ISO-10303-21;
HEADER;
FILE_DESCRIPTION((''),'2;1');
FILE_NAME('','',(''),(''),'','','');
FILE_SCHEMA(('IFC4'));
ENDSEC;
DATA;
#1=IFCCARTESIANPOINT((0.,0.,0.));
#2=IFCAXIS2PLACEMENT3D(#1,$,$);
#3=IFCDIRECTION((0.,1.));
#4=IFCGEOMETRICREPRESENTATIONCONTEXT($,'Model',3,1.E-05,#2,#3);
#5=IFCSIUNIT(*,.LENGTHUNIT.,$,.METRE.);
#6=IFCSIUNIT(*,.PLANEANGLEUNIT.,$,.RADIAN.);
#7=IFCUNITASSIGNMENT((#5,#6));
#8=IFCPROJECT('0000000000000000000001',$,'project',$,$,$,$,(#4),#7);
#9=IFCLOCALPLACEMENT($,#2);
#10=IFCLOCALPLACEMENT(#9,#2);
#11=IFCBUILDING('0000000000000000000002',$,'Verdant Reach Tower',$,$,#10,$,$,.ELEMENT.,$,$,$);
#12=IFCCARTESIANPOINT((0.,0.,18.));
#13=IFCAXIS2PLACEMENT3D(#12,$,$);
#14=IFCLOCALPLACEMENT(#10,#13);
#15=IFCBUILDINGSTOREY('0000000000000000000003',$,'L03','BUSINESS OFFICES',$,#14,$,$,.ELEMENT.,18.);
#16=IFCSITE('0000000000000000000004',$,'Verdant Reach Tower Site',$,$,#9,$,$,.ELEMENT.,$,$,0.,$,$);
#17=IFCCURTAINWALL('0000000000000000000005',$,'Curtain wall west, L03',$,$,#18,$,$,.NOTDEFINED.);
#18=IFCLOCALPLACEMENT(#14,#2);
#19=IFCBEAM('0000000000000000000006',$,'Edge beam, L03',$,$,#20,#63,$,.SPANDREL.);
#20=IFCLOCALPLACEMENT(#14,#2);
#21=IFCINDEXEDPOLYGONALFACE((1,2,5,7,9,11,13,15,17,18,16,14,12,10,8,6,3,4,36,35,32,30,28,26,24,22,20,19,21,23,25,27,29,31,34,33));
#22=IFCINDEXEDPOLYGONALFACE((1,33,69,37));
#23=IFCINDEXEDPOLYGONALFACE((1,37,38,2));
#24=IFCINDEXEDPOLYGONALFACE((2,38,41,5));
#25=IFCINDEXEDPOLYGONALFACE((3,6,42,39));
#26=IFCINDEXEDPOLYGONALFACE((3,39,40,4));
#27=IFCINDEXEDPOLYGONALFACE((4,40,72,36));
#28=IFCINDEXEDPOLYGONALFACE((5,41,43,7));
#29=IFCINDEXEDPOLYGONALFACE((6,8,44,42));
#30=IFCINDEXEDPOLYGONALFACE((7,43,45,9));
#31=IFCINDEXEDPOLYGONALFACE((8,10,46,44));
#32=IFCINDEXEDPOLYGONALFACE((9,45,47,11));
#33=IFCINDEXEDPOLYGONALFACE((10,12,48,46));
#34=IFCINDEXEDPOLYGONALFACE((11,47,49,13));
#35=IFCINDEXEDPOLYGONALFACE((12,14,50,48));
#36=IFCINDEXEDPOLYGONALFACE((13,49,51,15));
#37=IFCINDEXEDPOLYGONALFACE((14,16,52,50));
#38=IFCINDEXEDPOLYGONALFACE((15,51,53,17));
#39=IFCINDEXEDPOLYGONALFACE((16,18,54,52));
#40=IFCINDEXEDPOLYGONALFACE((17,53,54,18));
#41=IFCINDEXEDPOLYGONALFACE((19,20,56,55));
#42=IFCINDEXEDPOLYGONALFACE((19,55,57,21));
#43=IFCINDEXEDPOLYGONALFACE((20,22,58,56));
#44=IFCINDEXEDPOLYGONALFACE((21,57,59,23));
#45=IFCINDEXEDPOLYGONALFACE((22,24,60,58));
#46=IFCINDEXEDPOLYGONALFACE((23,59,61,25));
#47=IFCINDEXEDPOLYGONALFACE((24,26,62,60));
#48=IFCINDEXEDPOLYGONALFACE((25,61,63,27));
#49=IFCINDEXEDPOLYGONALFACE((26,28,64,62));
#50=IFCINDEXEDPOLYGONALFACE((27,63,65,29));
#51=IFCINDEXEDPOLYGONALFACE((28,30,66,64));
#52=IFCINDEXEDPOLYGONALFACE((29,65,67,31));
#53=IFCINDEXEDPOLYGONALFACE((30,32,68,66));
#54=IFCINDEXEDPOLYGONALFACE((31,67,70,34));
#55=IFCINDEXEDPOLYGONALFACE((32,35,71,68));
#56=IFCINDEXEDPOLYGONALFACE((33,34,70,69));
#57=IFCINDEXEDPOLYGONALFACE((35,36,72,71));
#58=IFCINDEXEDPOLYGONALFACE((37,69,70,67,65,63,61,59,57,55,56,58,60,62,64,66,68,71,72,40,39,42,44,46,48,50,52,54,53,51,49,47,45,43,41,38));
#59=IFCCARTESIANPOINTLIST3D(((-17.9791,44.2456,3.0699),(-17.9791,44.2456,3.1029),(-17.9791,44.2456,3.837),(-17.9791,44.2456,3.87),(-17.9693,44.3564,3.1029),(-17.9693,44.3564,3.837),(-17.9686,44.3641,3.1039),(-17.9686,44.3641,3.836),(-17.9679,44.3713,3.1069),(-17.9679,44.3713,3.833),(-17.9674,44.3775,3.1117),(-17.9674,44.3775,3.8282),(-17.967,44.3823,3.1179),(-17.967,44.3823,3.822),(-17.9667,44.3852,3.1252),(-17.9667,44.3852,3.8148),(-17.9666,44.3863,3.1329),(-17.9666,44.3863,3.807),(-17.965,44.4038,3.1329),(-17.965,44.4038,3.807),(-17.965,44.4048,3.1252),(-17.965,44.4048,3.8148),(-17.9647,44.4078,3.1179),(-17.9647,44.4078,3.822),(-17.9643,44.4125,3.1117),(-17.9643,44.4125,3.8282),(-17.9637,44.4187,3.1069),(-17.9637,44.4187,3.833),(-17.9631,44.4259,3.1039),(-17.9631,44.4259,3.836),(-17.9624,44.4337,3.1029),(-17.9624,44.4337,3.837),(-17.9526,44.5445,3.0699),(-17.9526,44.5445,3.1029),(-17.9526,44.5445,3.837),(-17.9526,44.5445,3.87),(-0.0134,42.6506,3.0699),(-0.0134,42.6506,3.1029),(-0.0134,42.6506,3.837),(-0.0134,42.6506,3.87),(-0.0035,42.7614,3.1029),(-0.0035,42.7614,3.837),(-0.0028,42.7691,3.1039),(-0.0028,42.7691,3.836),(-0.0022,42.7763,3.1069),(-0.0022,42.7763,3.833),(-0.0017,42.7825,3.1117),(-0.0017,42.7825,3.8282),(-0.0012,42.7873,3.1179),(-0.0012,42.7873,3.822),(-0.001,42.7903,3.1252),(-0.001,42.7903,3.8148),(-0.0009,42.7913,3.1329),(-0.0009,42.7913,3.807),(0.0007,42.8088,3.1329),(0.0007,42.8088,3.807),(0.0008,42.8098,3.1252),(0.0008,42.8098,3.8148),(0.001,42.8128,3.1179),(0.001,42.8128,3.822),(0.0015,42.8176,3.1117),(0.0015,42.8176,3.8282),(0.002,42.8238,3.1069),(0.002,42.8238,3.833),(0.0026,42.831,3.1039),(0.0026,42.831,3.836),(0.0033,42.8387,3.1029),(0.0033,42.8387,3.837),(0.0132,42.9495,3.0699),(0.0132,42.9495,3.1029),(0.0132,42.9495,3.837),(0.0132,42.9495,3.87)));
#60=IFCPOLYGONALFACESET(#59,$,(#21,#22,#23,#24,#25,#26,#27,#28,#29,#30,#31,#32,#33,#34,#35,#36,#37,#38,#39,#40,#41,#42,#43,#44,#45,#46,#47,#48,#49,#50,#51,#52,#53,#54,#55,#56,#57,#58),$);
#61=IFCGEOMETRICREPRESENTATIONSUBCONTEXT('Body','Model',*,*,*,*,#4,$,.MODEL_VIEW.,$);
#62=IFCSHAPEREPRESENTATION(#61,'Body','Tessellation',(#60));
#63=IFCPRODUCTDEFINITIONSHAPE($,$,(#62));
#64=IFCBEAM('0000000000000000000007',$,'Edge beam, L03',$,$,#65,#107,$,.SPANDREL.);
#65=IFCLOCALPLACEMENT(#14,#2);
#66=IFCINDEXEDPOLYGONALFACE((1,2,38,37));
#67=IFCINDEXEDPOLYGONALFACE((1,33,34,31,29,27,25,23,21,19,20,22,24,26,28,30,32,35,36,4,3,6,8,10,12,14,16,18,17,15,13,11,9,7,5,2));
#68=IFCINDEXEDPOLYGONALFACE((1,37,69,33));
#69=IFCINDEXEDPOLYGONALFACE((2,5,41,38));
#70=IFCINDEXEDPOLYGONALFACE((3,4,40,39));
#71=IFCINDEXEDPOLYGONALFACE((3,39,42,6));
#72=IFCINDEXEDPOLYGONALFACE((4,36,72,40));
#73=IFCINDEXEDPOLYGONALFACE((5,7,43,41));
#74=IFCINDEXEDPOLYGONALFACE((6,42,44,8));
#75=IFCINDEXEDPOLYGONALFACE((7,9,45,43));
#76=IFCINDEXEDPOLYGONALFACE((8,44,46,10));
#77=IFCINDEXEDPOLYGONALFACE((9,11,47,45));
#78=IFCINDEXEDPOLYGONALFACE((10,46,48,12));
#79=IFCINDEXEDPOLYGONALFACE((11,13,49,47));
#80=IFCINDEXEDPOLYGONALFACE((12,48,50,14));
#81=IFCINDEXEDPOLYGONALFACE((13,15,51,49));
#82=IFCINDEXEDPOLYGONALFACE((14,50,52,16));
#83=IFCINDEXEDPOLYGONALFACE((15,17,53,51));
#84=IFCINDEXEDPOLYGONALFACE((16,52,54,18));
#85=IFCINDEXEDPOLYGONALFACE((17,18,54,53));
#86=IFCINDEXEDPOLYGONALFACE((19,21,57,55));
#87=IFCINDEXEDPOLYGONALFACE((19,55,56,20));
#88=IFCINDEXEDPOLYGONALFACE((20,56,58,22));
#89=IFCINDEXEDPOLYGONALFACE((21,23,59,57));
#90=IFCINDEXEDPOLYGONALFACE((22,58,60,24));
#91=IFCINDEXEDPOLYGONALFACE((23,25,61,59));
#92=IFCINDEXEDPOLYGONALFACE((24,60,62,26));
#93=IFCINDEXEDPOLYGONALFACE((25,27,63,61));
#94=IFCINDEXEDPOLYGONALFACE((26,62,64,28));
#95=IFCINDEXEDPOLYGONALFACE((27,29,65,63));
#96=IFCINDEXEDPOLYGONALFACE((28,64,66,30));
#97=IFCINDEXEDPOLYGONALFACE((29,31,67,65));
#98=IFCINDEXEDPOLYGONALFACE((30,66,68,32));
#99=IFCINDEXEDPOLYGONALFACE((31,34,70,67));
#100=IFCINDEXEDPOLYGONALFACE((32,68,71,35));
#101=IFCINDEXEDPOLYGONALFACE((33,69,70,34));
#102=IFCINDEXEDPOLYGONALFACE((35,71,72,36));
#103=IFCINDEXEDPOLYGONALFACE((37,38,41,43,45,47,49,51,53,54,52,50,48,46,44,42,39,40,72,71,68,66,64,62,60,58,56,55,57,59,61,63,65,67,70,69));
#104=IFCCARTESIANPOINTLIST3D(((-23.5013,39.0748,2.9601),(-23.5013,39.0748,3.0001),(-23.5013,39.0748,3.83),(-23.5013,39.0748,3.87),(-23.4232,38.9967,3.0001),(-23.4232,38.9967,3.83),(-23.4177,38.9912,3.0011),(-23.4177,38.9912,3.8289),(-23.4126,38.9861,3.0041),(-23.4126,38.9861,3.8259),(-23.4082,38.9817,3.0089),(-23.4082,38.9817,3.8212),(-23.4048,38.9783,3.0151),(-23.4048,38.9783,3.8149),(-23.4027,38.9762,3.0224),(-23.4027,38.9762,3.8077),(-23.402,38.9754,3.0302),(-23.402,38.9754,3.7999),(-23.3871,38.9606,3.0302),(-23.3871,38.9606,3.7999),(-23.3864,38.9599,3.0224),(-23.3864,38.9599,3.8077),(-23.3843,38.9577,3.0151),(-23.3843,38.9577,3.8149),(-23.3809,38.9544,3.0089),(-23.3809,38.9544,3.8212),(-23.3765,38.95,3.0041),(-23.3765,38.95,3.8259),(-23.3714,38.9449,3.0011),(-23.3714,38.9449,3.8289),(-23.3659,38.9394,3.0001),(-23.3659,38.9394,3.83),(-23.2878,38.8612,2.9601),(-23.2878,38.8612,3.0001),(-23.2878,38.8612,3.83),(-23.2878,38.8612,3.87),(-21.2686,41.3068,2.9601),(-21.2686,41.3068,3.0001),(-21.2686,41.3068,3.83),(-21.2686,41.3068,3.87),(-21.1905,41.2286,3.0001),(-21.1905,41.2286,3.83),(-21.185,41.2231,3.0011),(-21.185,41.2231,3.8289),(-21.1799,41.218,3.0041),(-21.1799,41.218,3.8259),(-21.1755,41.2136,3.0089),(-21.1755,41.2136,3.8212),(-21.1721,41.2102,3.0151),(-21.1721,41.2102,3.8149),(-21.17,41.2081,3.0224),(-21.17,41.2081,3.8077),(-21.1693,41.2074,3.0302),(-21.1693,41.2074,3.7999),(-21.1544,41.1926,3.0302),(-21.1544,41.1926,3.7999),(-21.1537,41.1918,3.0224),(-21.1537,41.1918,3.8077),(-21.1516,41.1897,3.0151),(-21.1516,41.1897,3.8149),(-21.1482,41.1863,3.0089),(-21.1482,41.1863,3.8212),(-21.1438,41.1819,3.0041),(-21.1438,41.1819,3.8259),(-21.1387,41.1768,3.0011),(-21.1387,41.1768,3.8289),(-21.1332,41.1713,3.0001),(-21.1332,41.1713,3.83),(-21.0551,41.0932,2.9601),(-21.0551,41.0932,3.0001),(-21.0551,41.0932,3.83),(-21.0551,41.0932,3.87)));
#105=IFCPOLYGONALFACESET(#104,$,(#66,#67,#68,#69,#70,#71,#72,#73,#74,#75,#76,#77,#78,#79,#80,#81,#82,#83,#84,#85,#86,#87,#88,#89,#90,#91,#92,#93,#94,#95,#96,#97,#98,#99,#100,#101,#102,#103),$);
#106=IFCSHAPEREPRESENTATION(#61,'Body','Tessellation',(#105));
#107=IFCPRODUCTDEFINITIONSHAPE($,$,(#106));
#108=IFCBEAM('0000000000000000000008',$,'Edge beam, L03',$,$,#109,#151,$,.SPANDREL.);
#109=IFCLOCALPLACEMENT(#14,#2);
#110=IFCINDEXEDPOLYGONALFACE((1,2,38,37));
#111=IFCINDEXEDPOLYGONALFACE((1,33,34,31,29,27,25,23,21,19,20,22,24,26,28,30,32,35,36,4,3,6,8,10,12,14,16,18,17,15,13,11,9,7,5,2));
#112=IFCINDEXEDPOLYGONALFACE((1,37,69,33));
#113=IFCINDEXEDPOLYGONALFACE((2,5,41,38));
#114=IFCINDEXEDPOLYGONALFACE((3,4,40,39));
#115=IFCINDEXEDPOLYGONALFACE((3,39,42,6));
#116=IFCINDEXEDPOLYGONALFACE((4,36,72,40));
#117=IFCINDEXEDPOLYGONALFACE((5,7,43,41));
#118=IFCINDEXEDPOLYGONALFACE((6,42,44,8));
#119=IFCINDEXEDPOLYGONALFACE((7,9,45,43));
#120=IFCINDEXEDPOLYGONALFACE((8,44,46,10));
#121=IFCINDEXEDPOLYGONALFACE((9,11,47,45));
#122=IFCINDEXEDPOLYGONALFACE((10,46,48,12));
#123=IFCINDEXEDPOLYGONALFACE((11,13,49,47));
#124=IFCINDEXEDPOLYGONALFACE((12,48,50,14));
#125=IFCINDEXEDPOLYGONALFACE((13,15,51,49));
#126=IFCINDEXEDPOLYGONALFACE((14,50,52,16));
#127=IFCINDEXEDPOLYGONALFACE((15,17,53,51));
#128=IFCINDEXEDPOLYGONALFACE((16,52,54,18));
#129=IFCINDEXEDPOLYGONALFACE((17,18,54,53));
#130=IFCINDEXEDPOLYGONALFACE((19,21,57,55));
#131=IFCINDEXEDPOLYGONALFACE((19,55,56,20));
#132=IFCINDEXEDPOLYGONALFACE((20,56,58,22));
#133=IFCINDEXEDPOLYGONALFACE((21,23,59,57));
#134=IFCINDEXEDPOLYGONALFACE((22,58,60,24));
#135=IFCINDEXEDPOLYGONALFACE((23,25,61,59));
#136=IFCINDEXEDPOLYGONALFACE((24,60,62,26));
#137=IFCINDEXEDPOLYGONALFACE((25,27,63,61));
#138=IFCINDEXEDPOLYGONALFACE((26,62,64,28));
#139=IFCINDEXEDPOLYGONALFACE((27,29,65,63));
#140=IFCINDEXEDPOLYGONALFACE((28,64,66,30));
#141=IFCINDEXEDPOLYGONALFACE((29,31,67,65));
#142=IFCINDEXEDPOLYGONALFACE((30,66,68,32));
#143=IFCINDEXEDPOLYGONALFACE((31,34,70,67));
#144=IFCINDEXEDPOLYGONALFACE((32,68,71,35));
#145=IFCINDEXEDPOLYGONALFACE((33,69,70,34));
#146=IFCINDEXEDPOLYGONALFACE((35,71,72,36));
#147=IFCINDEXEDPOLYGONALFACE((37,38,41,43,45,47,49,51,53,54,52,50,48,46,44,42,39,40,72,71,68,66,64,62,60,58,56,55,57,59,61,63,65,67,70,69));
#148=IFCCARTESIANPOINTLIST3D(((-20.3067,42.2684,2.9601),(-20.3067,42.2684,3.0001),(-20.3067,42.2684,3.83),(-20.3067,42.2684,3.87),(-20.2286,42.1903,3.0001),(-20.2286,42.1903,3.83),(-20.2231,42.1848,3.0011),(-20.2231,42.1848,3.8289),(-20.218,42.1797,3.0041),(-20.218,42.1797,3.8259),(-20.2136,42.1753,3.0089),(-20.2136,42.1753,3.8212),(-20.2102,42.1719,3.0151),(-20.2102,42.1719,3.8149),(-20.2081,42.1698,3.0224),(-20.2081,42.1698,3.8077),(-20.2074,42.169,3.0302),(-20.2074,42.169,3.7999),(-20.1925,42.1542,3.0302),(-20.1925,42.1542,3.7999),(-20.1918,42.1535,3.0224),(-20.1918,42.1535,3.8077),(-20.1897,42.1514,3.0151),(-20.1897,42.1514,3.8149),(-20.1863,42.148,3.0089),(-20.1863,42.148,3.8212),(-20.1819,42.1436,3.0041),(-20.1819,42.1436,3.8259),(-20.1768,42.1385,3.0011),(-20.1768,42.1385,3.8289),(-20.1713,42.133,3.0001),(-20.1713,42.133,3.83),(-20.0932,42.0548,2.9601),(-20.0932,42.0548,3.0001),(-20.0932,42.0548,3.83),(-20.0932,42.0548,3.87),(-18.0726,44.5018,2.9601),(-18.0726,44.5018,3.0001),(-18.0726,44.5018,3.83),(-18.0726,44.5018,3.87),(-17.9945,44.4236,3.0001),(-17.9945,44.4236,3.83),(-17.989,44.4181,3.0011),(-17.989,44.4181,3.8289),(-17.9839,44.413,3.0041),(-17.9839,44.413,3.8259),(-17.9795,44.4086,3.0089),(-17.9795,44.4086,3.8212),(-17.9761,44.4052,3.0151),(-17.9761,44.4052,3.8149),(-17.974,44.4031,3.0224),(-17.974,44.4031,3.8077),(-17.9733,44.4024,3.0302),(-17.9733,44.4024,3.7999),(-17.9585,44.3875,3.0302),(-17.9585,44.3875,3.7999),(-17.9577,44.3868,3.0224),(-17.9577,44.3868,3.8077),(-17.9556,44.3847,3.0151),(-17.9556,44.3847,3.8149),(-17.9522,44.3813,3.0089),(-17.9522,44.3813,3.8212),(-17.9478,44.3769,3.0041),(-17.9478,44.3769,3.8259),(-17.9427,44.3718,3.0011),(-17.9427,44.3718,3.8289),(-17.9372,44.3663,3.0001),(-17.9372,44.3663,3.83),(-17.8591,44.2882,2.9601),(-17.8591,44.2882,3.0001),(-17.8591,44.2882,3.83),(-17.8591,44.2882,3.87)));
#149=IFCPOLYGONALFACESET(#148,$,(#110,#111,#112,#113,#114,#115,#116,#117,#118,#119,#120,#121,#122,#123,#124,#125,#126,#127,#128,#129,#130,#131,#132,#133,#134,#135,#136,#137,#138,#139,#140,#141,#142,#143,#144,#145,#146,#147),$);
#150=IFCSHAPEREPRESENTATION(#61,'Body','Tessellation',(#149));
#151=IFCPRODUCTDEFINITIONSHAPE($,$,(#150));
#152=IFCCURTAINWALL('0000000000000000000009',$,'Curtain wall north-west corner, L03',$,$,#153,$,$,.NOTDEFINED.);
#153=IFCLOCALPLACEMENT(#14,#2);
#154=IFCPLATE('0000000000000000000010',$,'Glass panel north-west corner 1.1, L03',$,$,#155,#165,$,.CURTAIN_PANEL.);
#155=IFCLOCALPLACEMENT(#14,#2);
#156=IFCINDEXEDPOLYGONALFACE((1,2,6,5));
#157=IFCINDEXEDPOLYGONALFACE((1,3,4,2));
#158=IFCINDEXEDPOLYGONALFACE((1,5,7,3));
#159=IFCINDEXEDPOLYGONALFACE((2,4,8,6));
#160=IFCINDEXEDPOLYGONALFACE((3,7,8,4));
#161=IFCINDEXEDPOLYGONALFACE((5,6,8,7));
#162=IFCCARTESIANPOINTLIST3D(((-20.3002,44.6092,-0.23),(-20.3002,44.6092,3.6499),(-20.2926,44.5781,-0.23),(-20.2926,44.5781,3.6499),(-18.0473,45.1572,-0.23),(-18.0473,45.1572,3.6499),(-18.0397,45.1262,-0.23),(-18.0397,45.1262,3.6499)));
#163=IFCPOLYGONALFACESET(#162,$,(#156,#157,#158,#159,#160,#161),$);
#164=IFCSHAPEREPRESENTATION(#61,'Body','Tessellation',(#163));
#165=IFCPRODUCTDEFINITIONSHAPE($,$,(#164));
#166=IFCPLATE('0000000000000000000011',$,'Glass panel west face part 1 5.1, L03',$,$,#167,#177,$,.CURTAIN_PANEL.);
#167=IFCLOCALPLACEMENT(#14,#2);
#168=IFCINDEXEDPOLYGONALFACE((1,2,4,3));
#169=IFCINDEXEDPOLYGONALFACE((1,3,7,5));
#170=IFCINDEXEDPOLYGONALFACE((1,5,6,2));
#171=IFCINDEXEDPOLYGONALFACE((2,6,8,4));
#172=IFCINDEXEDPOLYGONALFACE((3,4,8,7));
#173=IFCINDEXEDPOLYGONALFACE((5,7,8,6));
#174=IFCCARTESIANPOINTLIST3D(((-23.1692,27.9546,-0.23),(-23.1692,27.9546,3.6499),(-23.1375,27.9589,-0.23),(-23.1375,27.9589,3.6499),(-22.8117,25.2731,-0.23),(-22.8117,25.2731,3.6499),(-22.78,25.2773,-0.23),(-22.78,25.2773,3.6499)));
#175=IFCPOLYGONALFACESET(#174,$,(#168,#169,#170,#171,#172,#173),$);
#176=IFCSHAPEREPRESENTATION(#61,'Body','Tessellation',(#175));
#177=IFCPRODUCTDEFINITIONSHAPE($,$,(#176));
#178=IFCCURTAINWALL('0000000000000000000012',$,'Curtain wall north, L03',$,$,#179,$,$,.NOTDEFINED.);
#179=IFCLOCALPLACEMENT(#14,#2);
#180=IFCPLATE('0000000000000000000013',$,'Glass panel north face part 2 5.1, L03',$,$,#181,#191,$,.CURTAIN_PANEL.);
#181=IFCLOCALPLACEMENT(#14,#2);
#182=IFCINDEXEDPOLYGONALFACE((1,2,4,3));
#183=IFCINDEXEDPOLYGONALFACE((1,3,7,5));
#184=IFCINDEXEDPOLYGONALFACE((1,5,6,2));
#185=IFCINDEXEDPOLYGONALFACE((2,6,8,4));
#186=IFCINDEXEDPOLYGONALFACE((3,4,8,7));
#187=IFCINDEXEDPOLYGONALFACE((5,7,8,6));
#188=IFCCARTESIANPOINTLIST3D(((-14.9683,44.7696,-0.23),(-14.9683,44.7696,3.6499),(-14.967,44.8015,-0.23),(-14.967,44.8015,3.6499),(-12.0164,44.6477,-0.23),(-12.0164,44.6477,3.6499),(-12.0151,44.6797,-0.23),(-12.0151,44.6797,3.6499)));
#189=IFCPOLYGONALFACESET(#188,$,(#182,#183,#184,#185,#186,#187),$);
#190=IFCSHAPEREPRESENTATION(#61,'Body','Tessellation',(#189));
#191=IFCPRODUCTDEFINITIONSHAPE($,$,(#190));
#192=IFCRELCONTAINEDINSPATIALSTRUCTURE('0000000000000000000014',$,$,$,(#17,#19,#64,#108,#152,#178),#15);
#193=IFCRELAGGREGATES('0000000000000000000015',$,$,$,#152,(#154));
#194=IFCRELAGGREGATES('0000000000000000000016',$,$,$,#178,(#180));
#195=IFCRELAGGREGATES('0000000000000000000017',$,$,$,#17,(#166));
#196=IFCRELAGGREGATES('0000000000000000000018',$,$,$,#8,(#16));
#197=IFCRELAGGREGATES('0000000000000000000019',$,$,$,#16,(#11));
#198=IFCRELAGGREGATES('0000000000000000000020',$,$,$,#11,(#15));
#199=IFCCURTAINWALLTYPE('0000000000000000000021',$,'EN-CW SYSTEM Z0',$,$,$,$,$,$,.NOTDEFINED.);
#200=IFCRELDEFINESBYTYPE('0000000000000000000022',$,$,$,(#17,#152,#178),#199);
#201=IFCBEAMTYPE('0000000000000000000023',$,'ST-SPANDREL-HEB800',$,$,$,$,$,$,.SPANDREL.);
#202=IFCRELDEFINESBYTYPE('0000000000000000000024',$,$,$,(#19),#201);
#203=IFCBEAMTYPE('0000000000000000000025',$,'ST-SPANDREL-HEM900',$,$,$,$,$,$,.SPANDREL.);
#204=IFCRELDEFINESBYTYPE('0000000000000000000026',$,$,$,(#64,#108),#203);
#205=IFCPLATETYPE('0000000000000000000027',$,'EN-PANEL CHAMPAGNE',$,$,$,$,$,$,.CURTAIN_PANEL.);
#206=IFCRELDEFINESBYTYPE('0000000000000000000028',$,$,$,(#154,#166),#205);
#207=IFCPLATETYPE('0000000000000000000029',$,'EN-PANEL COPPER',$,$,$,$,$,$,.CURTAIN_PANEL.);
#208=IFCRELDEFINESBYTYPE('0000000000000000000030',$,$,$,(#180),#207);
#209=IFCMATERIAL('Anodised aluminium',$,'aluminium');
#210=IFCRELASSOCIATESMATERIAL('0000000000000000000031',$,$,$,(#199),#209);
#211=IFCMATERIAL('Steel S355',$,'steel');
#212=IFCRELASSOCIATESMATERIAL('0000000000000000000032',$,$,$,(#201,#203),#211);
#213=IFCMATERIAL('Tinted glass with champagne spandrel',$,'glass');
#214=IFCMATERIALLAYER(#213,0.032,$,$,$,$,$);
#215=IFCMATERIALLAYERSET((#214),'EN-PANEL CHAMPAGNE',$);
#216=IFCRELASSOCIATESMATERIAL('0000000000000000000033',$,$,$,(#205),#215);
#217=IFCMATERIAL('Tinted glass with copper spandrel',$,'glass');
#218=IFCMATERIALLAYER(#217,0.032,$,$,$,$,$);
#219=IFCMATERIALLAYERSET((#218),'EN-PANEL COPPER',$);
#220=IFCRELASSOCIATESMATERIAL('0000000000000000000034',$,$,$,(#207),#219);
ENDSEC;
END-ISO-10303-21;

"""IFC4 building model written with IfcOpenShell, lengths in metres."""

from ifc_helpers import new_model, si_unit, direction, frame, origin, origin_2d, place, context, subcontext, project, spatial, rectangle, i_section, extrude, material, layer, layer_set, material_profile, profile_set, type_object, element, aggregate, save


model = new_model("IFC4")

# Units and contexts
model_context = context("Model", 3, precision=1e-05, world=origin(), true_north=direction((0.0, 1.0)))
body_context = subcontext(model_context, "Body", "Model", "MODEL_VIEW")
ifc_project = project(units=[si_unit("LENGTHUNIT", "METRE"), si_unit("PLANEANGLEUNIT", "RADIAN")], contexts=[model_context])

# Site, building, storey
site_placement = place(None, origin())
site = spatial("IfcSite", under=ifc_project, at=site_placement, Name="Verdant Reach Tower Site", CompositionType="ELEMENT", RefElevation=0.0)
building_placement = place(site_placement, origin())
building = spatial("IfcBuilding", under=site, at=building_placement, Name="Verdant Reach Tower", CompositionType="ELEMENT")
storey_placement = place(building_placement, frame((0.0, 0.0, 18.0)))
storey = spatial("IfcBuildingStorey", under=building, at=storey_placement, Name="L03", Description="BUSINESS OFFICES", CompositionType="ELEMENT", Elevation=18.0)

# Curtain wall
ifc_material_1 = material(Name="Anodised aluminium", Category="aluminium")
curtain_wall_type = type_object("IfcCurtainWallType", Name="EN-CW SYSTEM Z0", PredefinedType="NOTDEFINED", material=ifc_material_1)
curtain_wall_1_placement = place(storey_placement, origin())
curtain_wall_1 = element("IfcCurtainWall", 1, at=curtain_wall_1_placement, inside=storey, type_object=curtain_wall_type, Name="Curtain wall west, L03", PredefinedType="NOTDEFINED")

# Beams
ifc_material_2 = material(Name="Steel S355", Category="steel")
ifc_material_profile_1 = material_profile(ifc_material_2, i_section(OverallWidth=0.3, OverallDepth=0.8, WebThickness=0.0176, FlangeThickness=0.033, FilletRadius=0.03, at=origin_2d()), Name="HEB 800")
ifc_profile_set_1 = profile_set([ifc_material_profile_1], Name="Steel S355")
beam_type_1 = type_object("IfcBeamType", Name="ST-SPANDREL-HEB800", PredefinedType="SPANDREL", material=ifc_profile_set_1)
beam_1_placement = place(storey_placement, frame((-17.9658, 44.395, 3.47), z_axis=(0.996082, -0.08843, 0.0), x_axis=(0.08843, 0.996082, 0.0)))
element("IfcBeam", 2, at=beam_1_placement, inside=storey, type_object=beam_type_1, Name="Edge beam, L03", PredefinedType="SPANDREL", context=body_context, shape_type="SweptSolid", body=[
    extrude(i_section(OverallWidth=0.3, OverallDepth=0.8, WebThickness=0.0176, FlangeThickness=0.033, FilletRadius=0.03, at=origin_2d()), origin(), (0.0, 0.0, 1.0), 18.0364),
])
ifc_material_profile_2 = material_profile(ifc_material_2, i_section(OverallWidth=0.302, OverallDepth=0.9099, WebThickness=0.021, FlangeThickness=0.04, FilletRadius=0.03, at=origin_2d()), Name="HEM 900")
ifc_profile_set_2 = profile_set([ifc_material_profile_2], Name="Steel S355")
beam_type_2 = type_object("IfcBeamType", Name="ST-SPANDREL-HEM900", PredefinedType="SPANDREL", material=ifc_profile_set_2)
beam_2_placement = place(storey_placement, frame((-23.3945, 38.968, 3.415), z_axis=(0.707223, 0.706991, 0.0), x_axis=(-0.706991, 0.707223, 0.0)))
element("IfcBeam", 3, at=beam_2_placement, inside=storey, type_object=beam_type_2, Name="Edge beam, L03", PredefinedType="SPANDREL", context=body_context, shape_type="SweptSolid", body=[
    extrude(i_section(OverallWidth=0.302, OverallDepth=0.9099, WebThickness=0.021, FlangeThickness=0.04, FilletRadius=0.03, at=origin_2d()), origin(), (0.0, 0.0, 1.0), 3.157),
])
beam_3_placement = place(storey_placement, frame((-20.2, 42.1616, 3.415), z_axis=(0.707223, 0.706991, 0.0), x_axis=(-0.706991, 0.707223, 0.0)))
element("IfcBeam", 4, at=beam_3_placement, inside=storey, type_object=beam_type_2, Name="Edge beam, L03", PredefinedType="SPANDREL", context=body_context, shape_type="SweptSolid", body=[
    extrude(i_section(OverallWidth=0.302, OverallDepth=0.9099, WebThickness=0.021, FlangeThickness=0.04, FilletRadius=0.03, at=origin_2d()), origin(), (0.0, 0.0, 1.0), 3.1589),
])

# Curtain wall, plate
curtain_wall_2_placement = place(storey_placement, origin())
curtain_wall_2 = element("IfcCurtainWall", 5, at=curtain_wall_2_placement, inside=storey, type_object=curtain_wall_type, Name="Curtain wall north-west corner, L03", PredefinedType="NOTDEFINED")
ifc_material_3 = material(Name="Tinted glass with champagne spandrel", Category="glass")
ifc_layer_1 = layer(ifc_material_3, 0.032)
ifc_layer_set_1 = layer_set([ifc_layer_1], Name="EN-PANEL CHAMPAGNE")
plate_type_1 = type_object("IfcPlateType", Name="EN-PANEL CHAMPAGNE", PredefinedType="CURTAIN_PANEL", material=ifc_layer_set_1)
plate_1_placement = place(storey_placement, frame((-19.1699, 44.8677, -0.23), z_axis=(0.0, 0.0, 1.0), x_axis=(-0.971663, -0.236369, 0.0)))
plate_1 = element("IfcPlate", 6, at=plate_1_placement, type_object=plate_type_1, Name="Glass panel north-west corner 1.1, L03", PredefinedType="CURTAIN_PANEL", context=body_context, shape_type="SweptSolid", body=[
    extrude(rectangle(XDim=2.3186, YDim=0.032, at=origin_2d()), origin(), (0.0, 0.0, 1.0), 3.8799),
])

# Plate
plate_2_placement = place(storey_placement, frame((-22.9746, 26.616, -0.23), z_axis=(0.0, 0.0, 1.0), x_axis=(0.13216, -0.991228, 0.0)))
plate_2 = element("IfcPlate", 7, at=plate_2_placement, type_object=plate_type_1, Name="Glass panel west face part 1 5.1, L03", PredefinedType="CURTAIN_PANEL", context=body_context, shape_type="SweptSolid", body=[
    extrude(rectangle(XDim=2.7053, YDim=0.032, at=origin_2d()), origin(), (0.0, 0.0, 1.0), 3.8799),
])

# Curtain wall, plate
curtain_wall_3_placement = place(storey_placement, origin())
curtain_wall_3 = element("IfcCurtainWall", 8, at=curtain_wall_3_placement, inside=storey, type_object=curtain_wall_type, Name="Curtain wall north, L03", PredefinedType="NOTDEFINED")
ifc_material_4 = material(Name="Tinted glass with copper spandrel", Category="glass")
ifc_layer_2 = layer(ifc_material_4, 0.032)
ifc_layer_set_2 = layer_set([ifc_layer_2], Name="EN-PANEL COPPER")
plate_type_2 = type_object("IfcPlateType", Name="EN-PANEL COPPER", PredefinedType="CURTAIN_PANEL", material=ifc_layer_set_2)
plate_3_placement = place(storey_placement, frame((-13.4917, 44.7246, -0.23), z_axis=(0.0, 0.0, 1.0), x_axis=(-0.999149, 0.041242, 0.0)))
plate_3 = element("IfcPlate", 9, at=plate_3_placement, type_object=plate_type_2, Name="Glass panel north face part 2 5.1, L03", PredefinedType="CURTAIN_PANEL", context=body_context, shape_type="SweptSolid", body=[
    extrude(rectangle(XDim=2.9543, YDim=0.032, at=origin_2d()), origin(), (0.0, 0.0, 1.0), 3.8799),
])

aggregate(curtain_wall_2, [plate_1])
aggregate(curtain_wall_3, [plate_3])
aggregate(curtain_wall_1, [plate_2])

save(model, "model.ifc")
